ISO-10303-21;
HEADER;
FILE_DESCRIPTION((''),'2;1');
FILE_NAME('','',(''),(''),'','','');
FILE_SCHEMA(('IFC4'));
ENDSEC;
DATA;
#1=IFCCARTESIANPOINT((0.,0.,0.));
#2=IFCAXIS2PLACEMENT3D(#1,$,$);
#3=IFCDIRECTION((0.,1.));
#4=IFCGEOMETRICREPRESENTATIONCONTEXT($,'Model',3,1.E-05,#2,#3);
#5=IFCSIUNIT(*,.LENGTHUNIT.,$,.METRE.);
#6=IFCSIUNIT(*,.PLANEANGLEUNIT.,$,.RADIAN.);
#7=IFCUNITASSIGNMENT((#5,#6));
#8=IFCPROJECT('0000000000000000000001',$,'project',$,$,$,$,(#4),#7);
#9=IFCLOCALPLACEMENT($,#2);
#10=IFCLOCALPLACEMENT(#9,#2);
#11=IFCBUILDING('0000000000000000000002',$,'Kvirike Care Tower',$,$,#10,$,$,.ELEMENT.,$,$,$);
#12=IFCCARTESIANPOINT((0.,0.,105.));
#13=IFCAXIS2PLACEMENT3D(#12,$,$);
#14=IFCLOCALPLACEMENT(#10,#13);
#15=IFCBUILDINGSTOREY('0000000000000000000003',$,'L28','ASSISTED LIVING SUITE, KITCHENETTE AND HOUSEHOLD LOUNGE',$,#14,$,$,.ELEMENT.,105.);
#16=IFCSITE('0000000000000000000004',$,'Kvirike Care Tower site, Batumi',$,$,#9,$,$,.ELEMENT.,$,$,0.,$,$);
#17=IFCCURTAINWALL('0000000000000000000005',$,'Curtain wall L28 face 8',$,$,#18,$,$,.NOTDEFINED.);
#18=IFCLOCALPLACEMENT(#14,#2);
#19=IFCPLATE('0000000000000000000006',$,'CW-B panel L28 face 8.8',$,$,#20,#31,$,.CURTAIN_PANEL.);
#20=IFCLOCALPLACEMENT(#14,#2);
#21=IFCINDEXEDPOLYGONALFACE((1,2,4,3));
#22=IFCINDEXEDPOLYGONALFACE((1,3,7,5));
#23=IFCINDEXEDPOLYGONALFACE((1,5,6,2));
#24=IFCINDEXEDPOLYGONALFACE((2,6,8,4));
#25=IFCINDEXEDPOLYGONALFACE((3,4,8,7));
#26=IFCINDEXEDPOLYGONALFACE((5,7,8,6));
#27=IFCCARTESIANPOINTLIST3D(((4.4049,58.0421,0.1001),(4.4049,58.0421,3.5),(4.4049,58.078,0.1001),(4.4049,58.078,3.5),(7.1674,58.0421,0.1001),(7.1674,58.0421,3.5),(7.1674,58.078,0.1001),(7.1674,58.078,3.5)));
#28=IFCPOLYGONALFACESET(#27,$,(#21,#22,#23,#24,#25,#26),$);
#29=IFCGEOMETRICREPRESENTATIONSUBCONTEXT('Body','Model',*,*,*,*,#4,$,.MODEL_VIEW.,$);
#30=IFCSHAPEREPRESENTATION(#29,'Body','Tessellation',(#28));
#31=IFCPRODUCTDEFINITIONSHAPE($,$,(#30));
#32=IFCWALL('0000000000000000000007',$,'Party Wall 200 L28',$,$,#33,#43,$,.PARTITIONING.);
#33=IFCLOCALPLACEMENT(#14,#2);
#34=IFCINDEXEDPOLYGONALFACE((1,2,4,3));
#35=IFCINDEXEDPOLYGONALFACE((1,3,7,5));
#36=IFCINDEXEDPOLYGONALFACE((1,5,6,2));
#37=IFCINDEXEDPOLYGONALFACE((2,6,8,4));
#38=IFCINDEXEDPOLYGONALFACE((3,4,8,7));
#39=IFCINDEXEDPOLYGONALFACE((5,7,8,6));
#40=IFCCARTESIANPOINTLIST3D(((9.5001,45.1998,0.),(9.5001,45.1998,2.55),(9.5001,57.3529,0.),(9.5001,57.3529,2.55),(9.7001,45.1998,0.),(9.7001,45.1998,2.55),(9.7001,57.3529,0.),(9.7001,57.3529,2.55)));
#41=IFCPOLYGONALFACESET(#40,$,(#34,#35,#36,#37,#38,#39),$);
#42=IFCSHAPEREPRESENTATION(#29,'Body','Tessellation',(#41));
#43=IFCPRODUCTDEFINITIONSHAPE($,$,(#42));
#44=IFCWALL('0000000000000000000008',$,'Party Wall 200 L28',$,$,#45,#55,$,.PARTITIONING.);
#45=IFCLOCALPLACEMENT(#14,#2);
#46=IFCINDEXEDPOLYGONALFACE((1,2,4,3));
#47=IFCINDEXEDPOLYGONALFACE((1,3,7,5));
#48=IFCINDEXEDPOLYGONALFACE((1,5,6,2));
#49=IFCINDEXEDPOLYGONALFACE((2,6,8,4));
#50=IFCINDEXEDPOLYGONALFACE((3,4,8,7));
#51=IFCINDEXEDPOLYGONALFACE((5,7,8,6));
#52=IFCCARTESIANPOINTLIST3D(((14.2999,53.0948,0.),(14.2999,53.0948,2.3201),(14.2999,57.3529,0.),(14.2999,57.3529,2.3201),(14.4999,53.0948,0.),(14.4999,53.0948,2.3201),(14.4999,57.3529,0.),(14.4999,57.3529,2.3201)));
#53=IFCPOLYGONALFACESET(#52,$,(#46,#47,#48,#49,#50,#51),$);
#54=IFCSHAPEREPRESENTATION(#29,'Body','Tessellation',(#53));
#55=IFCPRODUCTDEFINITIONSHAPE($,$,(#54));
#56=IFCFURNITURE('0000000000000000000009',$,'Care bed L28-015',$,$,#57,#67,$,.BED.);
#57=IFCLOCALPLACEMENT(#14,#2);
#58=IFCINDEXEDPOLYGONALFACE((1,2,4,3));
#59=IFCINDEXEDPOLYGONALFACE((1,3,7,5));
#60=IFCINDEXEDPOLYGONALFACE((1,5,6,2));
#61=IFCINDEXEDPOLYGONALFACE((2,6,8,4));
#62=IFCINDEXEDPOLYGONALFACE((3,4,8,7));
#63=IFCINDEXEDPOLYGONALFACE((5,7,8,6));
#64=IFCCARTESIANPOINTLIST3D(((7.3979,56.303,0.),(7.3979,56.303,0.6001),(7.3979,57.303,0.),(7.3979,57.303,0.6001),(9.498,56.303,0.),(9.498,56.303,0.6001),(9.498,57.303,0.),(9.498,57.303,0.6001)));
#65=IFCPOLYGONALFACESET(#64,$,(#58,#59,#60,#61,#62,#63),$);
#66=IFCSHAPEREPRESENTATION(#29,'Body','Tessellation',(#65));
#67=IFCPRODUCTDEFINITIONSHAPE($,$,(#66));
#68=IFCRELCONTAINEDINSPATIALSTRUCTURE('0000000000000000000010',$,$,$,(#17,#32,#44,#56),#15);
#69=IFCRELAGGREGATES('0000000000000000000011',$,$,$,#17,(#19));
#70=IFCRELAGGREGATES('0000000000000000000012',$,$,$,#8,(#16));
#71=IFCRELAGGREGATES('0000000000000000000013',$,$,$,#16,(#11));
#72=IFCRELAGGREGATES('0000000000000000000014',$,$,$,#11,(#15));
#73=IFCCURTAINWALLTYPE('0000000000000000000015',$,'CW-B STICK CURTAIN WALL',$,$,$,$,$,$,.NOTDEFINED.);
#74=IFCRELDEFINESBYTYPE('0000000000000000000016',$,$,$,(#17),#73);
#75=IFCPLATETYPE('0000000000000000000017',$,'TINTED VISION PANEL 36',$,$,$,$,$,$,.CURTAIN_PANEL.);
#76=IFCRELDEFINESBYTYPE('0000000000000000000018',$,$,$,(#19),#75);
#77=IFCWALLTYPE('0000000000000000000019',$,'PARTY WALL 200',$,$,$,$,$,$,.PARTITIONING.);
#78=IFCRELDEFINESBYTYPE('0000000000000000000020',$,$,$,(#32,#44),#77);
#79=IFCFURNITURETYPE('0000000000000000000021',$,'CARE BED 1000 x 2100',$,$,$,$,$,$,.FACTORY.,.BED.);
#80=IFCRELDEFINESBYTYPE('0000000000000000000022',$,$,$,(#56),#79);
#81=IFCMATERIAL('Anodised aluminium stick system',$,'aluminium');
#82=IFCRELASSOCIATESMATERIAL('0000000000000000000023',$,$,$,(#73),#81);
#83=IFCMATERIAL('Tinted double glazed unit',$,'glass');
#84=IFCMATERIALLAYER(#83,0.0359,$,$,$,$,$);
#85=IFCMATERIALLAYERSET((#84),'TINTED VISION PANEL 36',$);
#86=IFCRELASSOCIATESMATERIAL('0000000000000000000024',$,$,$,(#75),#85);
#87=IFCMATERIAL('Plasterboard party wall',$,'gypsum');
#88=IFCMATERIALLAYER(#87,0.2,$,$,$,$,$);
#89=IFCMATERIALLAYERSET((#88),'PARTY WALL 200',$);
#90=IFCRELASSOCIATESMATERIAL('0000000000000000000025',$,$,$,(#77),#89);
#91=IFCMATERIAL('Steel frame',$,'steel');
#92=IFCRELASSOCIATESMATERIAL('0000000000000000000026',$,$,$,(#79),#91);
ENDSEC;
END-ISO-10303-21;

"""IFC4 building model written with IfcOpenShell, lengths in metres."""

from ifc_helpers import new_model, si_unit, direction, frame, frame_2d, origin, origin_2d, place, context, subcontext, project, spatial, rectangle, extrude, material, layer, layer_set, type_object, element, aggregate, save


model = new_model("IFC4")

# Units and contexts
model_context = context("Model", 3, precision=1e-05, world=origin(), true_north=direction((0.0, 1.0)))
body_context = subcontext(model_context, "Body", "Model", "MODEL_VIEW")
ifc_project = project(units=[si_unit("LENGTHUNIT", "METRE"), si_unit("PLANEANGLEUNIT", "RADIAN")], contexts=[model_context])

# Site, building, storey
site_placement = place(None, origin())
site = spatial("IfcSite", under=ifc_project, at=site_placement, Name="Kvirike Care Tower site, Batumi", CompositionType="ELEMENT", RefElevation=0.0)
building_placement = place(site_placement, origin())
building = spatial("IfcBuilding", under=site, at=building_placement, Name="Kvirike Care Tower", CompositionType="ELEMENT")
storey_placement = place(building_placement, frame((0.0, 0.0, 105.0)))
storey = spatial("IfcBuildingStorey", under=building, at=storey_placement, Name="L28", Description="ASSISTED LIVING SUITE, KITCHENETTE AND HOUSEHOLD LOUNGE", CompositionType="ELEMENT", Elevation=105.0)

# Curtain wall
ifc_material_1 = material(Name="Anodised aluminium stick system", Category="aluminium")
curtain_wall_type = type_object("IfcCurtainWallType", Name="CW-B STICK CURTAIN WALL", PredefinedType="NOTDEFINED", material=ifc_material_1)
curtain_wall_placement = place(storey_placement, origin())
curtain_wall = element("IfcCurtainWall", 1, at=curtain_wall_placement, inside=storey, type_object=curtain_wall_type, Name="Curtain wall L28 face 8", PredefinedType="NOTDEFINED")

# Plate
ifc_material_2 = material(Name="Tinted double glazed unit", Category="glass")
ifc_layer_1 = layer(ifc_material_2, 0.0359)
ifc_layer_set_1 = layer_set([ifc_layer_1], Name="TINTED VISION PANEL 36")
plate_type = type_object("IfcPlateType", Name="TINTED VISION PANEL 36", PredefinedType="CURTAIN_PANEL", material=ifc_layer_set_1)
plate_1_placement = place(storey_placement, frame((5.7861, 58.0601, 0.1001), z_axis=(0.0, 0.0, 1.0), x_axis=(-1.0, 0.0, 0.0)))
plate_1 = element("IfcPlate", 2, at=plate_1_placement, type_object=plate_type, Name="CW-B panel L28 face 8.8", PredefinedType="CURTAIN_PANEL", context=body_context, shape_type="SweptSolid", body=[
    extrude(rectangle(XDim=2.7625, YDim=0.0359, at=origin_2d()), origin(), (0.0, 0.0, 1.0), 3.3999),
])
aggregate(curtain_wall, [plate_1])

# Walls
ifc_material_3 = material(Name="Plasterboard party wall", Category="gypsum")
ifc_layer_2 = layer(ifc_material_3, 0.2)
ifc_layer_set_2 = layer_set([ifc_layer_2], Name="PARTY WALL 200")
wall_type = type_object("IfcWallType", Name="PARTY WALL 200", PredefinedType="PARTITIONING", material=ifc_layer_set_2)
wall_1_placement = place(storey_placement, frame((9.6001, 57.353, 0.0), z_axis=(0.0, 0.0, 1.0), x_axis=(0.0, -1.0, 0.0)))
element("IfcWall", 3, at=wall_1_placement, inside=storey, type_object=wall_type, Name="Party Wall 200 L28", PredefinedType="PARTITIONING", context=body_context, shape_type="SweptSolid", body=[
    extrude(rectangle(XDim=12.1531, YDim=0.2, at=frame_2d((6.0767, 0.0))), origin(), (0.0, 0.0, 1.0), 2.55),
])
wall_2_placement = place(storey_placement, frame((14.3999, 53.095, 0.0), z_axis=(0.0, 0.0, 1.0), x_axis=(0.0, 1.0, 0.0)))
element("IfcWall", 4, at=wall_2_placement, inside=storey, type_object=wall_type, Name="Party Wall 200 L28", PredefinedType="PARTITIONING", context=body_context, shape_type="SweptSolid", body=[
    extrude(rectangle(XDim=4.2581, YDim=0.2, at=frame_2d((2.1289, 0.0))), origin(), (0.0, 0.0, 1.0), 2.3201),
])

# Furniture
ifc_material_4 = material(Name="Steel frame", Category="steel")
furniture_type = type_object("IfcFurnitureType", Name="CARE BED 1000 x 2100", AssemblyPlace="FACTORY", PredefinedType="BED", material=ifc_material_4)
furniture_placement = place(storey_placement, frame((8.448, 56.803, 0.0), z_axis=(0.0, 0.0, 1.0), x_axis=(0.0, -1.0, 0.0)))
element("IfcFurniture", 5, at=furniture_placement, inside=storey, type_object=furniture_type, Name="Care bed L28-015", PredefinedType="BED", context=body_context, shape_type="SweptSolid", body=[
    extrude(rectangle(XDim=1.0, YDim=2.1001, at=origin_2d()), origin(), (0.0, 0.0, 1.0), 0.6001),
])

save(model, "model.ifc")
